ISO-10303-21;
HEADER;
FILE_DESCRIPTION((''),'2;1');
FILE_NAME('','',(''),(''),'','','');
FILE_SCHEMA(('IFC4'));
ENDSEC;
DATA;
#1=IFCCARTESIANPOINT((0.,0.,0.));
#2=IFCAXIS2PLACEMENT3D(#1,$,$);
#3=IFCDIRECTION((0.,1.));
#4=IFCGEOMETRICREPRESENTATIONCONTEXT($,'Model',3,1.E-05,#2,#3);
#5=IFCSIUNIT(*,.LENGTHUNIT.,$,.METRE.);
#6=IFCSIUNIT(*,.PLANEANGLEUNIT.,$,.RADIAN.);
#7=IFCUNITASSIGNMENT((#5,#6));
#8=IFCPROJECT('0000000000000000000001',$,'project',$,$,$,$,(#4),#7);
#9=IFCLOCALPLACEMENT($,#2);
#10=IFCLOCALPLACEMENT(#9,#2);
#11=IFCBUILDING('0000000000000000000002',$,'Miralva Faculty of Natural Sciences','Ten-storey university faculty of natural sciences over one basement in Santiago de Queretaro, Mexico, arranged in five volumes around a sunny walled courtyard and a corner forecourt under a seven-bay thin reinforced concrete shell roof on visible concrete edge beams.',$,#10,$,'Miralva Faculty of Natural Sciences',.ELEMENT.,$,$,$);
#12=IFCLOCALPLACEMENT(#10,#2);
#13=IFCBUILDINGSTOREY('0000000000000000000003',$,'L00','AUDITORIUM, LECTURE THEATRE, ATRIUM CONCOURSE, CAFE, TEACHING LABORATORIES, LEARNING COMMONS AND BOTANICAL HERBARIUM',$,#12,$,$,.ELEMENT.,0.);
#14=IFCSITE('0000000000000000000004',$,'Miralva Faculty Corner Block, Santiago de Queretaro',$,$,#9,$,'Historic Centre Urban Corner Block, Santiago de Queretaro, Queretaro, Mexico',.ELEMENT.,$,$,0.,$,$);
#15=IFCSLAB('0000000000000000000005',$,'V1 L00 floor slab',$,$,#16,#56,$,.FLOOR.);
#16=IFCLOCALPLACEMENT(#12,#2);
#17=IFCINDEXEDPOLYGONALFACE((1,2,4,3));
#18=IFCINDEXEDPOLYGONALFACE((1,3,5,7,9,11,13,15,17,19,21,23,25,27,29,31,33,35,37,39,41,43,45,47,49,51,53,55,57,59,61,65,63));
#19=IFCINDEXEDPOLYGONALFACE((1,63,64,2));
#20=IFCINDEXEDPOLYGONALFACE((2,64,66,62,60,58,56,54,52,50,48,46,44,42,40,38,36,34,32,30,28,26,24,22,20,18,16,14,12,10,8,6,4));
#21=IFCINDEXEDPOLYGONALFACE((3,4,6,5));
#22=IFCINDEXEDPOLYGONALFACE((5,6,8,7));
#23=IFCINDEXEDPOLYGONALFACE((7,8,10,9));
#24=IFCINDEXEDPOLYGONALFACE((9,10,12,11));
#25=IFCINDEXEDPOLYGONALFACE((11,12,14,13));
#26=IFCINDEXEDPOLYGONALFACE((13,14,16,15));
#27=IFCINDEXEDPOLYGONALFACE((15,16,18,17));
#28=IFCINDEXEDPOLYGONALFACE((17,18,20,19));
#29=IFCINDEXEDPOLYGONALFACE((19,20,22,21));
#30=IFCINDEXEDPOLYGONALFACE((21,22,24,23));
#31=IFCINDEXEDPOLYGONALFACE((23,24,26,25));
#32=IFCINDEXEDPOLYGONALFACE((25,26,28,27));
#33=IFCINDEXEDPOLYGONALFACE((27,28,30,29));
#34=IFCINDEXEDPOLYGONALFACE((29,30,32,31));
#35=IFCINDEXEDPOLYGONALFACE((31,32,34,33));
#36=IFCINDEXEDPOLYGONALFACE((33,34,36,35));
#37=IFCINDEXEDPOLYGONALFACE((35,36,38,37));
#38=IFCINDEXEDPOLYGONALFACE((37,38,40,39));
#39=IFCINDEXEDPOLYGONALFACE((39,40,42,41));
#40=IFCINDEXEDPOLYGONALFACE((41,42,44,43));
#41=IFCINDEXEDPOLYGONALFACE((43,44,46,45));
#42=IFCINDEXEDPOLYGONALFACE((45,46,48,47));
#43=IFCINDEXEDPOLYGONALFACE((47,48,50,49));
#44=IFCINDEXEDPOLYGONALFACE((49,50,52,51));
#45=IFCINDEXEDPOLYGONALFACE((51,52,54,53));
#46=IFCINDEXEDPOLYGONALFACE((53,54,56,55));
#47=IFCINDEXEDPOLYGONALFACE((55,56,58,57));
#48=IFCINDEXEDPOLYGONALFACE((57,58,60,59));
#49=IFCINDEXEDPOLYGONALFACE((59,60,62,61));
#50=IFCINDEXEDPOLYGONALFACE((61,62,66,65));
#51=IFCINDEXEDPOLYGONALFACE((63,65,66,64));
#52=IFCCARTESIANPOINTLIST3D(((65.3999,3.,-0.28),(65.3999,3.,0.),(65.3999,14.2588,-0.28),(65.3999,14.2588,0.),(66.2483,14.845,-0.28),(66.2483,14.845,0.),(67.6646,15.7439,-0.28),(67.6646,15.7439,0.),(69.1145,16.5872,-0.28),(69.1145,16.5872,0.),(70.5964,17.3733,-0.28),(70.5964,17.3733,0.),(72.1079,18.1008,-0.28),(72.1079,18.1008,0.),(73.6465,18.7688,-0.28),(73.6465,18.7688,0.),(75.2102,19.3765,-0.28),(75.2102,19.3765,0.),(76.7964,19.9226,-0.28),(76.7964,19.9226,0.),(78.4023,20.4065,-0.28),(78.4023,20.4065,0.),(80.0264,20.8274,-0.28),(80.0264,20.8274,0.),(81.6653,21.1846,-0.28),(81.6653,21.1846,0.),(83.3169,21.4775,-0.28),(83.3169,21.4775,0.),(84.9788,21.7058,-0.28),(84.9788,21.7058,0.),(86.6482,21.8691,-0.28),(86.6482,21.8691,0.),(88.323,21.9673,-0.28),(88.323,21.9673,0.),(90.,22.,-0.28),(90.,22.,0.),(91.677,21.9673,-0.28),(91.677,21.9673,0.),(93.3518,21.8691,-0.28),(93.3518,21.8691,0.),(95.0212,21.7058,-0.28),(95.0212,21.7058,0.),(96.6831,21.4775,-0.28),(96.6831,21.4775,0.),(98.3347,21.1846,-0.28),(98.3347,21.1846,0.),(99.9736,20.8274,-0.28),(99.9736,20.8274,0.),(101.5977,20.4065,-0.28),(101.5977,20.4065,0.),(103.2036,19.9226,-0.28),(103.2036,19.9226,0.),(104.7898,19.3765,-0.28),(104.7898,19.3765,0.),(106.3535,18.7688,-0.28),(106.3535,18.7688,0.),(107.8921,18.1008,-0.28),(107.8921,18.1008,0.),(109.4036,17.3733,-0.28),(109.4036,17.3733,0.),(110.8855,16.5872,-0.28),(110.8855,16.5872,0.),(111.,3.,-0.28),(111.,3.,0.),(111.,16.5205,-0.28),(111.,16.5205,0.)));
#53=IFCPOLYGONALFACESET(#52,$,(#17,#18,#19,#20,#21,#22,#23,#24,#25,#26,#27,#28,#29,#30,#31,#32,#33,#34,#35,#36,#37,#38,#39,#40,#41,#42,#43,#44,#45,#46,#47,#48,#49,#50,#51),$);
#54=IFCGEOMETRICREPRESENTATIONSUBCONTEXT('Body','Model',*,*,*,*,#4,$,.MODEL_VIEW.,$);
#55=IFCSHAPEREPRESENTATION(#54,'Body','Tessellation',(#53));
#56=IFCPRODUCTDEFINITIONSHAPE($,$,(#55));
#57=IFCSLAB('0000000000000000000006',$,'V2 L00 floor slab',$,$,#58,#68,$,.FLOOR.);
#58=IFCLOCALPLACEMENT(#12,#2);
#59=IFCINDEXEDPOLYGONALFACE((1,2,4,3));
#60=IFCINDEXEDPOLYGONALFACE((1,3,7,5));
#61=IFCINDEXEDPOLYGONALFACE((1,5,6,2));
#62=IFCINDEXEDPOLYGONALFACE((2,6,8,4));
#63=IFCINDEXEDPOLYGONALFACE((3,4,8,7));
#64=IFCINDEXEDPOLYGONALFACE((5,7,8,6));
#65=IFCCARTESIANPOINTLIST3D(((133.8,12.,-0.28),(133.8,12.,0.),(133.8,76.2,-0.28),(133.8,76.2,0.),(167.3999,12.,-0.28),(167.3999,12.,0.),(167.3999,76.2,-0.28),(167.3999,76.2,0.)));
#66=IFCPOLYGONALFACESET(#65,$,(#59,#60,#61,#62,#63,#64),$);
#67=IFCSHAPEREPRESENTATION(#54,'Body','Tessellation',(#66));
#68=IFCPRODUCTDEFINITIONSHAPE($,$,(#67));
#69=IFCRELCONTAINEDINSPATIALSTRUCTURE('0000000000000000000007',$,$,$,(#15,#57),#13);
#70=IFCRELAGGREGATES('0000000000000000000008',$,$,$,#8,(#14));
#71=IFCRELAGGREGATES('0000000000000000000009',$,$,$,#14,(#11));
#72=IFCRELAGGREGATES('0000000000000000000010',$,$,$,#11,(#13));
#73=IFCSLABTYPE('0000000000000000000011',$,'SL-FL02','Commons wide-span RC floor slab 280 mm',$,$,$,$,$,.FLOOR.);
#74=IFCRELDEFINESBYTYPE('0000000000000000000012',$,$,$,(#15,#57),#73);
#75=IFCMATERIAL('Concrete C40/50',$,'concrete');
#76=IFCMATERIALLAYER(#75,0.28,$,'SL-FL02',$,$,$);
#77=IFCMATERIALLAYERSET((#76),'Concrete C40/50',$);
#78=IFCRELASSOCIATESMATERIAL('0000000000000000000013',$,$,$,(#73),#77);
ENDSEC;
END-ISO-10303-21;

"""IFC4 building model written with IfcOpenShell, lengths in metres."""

from ifc_helpers import new_model, si_unit, direction, frame, origin, place, context, subcontext, project, spatial, polyline, outline, extrude, material, layer, layer_set, type_object, element, save


model = new_model("IFC4")

# Units and contexts
model_context = context("Model", 3, precision=1e-05, world=origin(), true_north=direction((0.0, 1.0)))
body_context = subcontext(model_context, "Body", "Model", "MODEL_VIEW")
ifc_project = project(units=[si_unit("LENGTHUNIT", "METRE"), si_unit("PLANEANGLEUNIT", "RADIAN")], contexts=[model_context])

# Site, building, storey
site_placement = place(None, origin())
site = spatial("IfcSite", under=ifc_project, at=site_placement, Name="Miralva Faculty Corner Block, Santiago de Queretaro", LongName="Historic Centre Urban Corner Block, Santiago de Queretaro, Queretaro, Mexico", CompositionType="ELEMENT", RefElevation=0.0)
building_placement = place(site_placement, origin())
building = spatial("IfcBuilding", under=site, at=building_placement, Name="Miralva Faculty of Natural Sciences", Description="Ten-storey university faculty of natural sciences over one basement in Santiago de Queretaro, Mexico, arranged in five volumes around a sunny walled courtyard and a corner forecourt under a seven-bay thin reinforced concrete shell roof on visible concrete edge beams.", LongName="Miralva Faculty of Natural Sciences", CompositionType="ELEMENT")
storey_placement = place(building_placement, origin())
storey = spatial("IfcBuildingStorey", under=building, at=storey_placement, Name="L00", Description="AUDITORIUM, LECTURE THEATRE, ATRIUM CONCOURSE, CAFE, TEACHING LABORATORIES, LEARNING COMMONS AND BOTANICAL HERBARIUM", CompositionType="ELEMENT", Elevation=0.0)

# Shared definitions
ifc_material_1 = material(Name="Concrete C40/50", Category="concrete")

# Slabs
ifc_layer_1 = layer(ifc_material_1, 0.28, Name="SL-FL02")
ifc_layer_set_1 = layer_set([ifc_layer_1], Name="Concrete C40/50")
slab_type_1 = type_object("IfcSlabType", Name="SL-FL02", Description="Commons wide-span RC floor slab 280 mm", PredefinedType="FLOOR", material=ifc_layer_set_1)
slab_1_placement = place(storey_placement, frame((0.0, 0.0, -0.28)))
element("IfcSlab", 1, at=slab_1_placement, inside=storey, type_object=slab_type_1, Name="V1 L00 floor slab", PredefinedType="FLOOR", context=body_context, shape_type="SweptSolid", body=[
    extrude(outline(polyline([(111.0, 3.0), (65.3999, 3.0), (65.3999, 14.2588), (66.2483, 14.845), (67.6646, 15.7439), (69.1145, 16.5872), (70.5964, 17.3733), (72.1079, 18.1008), (73.6465, 18.7688), (75.2102, 19.3765), (76.7964, 19.9226), (78.4023, 20.4065), (80.0264, 20.8274), (81.6653, 21.1846), (83.3169, 21.4775), (84.9788, 21.7058), (86.6482, 21.8691), (88.323, 21.9673), (90.0, 22.0), (91.677, 21.9673), (93.3518, 21.8691), (95.0212, 21.7058), (96.6831, 21.4775), (98.3347, 21.1846), (99.9736, 20.8274), (101.5977, 20.4065), (103.2036, 19.9226), (104.7898, 19.3765), (106.3535, 18.7688), (107.8921, 18.1008), (109.4036, 17.3733), (110.8855, 16.5872), (111.0, 16.5205), (111.0, 3.0)])), origin(), (0.0, 0.0, 1.0), 0.28),
])
slab_2_placement = place(storey_placement, frame((0.0, 0.0, -0.28)))
element("IfcSlab", 2, at=slab_2_placement, inside=storey, type_object=slab_type_1, Name="V2 L00 floor slab", PredefinedType="FLOOR", context=body_context, shape_type="SweptSolid", body=[
    extrude(outline(polyline([(167.3999, 12.0), (133.8, 12.0), (133.8, 76.2), (167.3999, 76.2), (167.3999, 12.0)])), origin(), (0.0, 0.0, 1.0), 0.28),
])

save(model, "model.ifc")
